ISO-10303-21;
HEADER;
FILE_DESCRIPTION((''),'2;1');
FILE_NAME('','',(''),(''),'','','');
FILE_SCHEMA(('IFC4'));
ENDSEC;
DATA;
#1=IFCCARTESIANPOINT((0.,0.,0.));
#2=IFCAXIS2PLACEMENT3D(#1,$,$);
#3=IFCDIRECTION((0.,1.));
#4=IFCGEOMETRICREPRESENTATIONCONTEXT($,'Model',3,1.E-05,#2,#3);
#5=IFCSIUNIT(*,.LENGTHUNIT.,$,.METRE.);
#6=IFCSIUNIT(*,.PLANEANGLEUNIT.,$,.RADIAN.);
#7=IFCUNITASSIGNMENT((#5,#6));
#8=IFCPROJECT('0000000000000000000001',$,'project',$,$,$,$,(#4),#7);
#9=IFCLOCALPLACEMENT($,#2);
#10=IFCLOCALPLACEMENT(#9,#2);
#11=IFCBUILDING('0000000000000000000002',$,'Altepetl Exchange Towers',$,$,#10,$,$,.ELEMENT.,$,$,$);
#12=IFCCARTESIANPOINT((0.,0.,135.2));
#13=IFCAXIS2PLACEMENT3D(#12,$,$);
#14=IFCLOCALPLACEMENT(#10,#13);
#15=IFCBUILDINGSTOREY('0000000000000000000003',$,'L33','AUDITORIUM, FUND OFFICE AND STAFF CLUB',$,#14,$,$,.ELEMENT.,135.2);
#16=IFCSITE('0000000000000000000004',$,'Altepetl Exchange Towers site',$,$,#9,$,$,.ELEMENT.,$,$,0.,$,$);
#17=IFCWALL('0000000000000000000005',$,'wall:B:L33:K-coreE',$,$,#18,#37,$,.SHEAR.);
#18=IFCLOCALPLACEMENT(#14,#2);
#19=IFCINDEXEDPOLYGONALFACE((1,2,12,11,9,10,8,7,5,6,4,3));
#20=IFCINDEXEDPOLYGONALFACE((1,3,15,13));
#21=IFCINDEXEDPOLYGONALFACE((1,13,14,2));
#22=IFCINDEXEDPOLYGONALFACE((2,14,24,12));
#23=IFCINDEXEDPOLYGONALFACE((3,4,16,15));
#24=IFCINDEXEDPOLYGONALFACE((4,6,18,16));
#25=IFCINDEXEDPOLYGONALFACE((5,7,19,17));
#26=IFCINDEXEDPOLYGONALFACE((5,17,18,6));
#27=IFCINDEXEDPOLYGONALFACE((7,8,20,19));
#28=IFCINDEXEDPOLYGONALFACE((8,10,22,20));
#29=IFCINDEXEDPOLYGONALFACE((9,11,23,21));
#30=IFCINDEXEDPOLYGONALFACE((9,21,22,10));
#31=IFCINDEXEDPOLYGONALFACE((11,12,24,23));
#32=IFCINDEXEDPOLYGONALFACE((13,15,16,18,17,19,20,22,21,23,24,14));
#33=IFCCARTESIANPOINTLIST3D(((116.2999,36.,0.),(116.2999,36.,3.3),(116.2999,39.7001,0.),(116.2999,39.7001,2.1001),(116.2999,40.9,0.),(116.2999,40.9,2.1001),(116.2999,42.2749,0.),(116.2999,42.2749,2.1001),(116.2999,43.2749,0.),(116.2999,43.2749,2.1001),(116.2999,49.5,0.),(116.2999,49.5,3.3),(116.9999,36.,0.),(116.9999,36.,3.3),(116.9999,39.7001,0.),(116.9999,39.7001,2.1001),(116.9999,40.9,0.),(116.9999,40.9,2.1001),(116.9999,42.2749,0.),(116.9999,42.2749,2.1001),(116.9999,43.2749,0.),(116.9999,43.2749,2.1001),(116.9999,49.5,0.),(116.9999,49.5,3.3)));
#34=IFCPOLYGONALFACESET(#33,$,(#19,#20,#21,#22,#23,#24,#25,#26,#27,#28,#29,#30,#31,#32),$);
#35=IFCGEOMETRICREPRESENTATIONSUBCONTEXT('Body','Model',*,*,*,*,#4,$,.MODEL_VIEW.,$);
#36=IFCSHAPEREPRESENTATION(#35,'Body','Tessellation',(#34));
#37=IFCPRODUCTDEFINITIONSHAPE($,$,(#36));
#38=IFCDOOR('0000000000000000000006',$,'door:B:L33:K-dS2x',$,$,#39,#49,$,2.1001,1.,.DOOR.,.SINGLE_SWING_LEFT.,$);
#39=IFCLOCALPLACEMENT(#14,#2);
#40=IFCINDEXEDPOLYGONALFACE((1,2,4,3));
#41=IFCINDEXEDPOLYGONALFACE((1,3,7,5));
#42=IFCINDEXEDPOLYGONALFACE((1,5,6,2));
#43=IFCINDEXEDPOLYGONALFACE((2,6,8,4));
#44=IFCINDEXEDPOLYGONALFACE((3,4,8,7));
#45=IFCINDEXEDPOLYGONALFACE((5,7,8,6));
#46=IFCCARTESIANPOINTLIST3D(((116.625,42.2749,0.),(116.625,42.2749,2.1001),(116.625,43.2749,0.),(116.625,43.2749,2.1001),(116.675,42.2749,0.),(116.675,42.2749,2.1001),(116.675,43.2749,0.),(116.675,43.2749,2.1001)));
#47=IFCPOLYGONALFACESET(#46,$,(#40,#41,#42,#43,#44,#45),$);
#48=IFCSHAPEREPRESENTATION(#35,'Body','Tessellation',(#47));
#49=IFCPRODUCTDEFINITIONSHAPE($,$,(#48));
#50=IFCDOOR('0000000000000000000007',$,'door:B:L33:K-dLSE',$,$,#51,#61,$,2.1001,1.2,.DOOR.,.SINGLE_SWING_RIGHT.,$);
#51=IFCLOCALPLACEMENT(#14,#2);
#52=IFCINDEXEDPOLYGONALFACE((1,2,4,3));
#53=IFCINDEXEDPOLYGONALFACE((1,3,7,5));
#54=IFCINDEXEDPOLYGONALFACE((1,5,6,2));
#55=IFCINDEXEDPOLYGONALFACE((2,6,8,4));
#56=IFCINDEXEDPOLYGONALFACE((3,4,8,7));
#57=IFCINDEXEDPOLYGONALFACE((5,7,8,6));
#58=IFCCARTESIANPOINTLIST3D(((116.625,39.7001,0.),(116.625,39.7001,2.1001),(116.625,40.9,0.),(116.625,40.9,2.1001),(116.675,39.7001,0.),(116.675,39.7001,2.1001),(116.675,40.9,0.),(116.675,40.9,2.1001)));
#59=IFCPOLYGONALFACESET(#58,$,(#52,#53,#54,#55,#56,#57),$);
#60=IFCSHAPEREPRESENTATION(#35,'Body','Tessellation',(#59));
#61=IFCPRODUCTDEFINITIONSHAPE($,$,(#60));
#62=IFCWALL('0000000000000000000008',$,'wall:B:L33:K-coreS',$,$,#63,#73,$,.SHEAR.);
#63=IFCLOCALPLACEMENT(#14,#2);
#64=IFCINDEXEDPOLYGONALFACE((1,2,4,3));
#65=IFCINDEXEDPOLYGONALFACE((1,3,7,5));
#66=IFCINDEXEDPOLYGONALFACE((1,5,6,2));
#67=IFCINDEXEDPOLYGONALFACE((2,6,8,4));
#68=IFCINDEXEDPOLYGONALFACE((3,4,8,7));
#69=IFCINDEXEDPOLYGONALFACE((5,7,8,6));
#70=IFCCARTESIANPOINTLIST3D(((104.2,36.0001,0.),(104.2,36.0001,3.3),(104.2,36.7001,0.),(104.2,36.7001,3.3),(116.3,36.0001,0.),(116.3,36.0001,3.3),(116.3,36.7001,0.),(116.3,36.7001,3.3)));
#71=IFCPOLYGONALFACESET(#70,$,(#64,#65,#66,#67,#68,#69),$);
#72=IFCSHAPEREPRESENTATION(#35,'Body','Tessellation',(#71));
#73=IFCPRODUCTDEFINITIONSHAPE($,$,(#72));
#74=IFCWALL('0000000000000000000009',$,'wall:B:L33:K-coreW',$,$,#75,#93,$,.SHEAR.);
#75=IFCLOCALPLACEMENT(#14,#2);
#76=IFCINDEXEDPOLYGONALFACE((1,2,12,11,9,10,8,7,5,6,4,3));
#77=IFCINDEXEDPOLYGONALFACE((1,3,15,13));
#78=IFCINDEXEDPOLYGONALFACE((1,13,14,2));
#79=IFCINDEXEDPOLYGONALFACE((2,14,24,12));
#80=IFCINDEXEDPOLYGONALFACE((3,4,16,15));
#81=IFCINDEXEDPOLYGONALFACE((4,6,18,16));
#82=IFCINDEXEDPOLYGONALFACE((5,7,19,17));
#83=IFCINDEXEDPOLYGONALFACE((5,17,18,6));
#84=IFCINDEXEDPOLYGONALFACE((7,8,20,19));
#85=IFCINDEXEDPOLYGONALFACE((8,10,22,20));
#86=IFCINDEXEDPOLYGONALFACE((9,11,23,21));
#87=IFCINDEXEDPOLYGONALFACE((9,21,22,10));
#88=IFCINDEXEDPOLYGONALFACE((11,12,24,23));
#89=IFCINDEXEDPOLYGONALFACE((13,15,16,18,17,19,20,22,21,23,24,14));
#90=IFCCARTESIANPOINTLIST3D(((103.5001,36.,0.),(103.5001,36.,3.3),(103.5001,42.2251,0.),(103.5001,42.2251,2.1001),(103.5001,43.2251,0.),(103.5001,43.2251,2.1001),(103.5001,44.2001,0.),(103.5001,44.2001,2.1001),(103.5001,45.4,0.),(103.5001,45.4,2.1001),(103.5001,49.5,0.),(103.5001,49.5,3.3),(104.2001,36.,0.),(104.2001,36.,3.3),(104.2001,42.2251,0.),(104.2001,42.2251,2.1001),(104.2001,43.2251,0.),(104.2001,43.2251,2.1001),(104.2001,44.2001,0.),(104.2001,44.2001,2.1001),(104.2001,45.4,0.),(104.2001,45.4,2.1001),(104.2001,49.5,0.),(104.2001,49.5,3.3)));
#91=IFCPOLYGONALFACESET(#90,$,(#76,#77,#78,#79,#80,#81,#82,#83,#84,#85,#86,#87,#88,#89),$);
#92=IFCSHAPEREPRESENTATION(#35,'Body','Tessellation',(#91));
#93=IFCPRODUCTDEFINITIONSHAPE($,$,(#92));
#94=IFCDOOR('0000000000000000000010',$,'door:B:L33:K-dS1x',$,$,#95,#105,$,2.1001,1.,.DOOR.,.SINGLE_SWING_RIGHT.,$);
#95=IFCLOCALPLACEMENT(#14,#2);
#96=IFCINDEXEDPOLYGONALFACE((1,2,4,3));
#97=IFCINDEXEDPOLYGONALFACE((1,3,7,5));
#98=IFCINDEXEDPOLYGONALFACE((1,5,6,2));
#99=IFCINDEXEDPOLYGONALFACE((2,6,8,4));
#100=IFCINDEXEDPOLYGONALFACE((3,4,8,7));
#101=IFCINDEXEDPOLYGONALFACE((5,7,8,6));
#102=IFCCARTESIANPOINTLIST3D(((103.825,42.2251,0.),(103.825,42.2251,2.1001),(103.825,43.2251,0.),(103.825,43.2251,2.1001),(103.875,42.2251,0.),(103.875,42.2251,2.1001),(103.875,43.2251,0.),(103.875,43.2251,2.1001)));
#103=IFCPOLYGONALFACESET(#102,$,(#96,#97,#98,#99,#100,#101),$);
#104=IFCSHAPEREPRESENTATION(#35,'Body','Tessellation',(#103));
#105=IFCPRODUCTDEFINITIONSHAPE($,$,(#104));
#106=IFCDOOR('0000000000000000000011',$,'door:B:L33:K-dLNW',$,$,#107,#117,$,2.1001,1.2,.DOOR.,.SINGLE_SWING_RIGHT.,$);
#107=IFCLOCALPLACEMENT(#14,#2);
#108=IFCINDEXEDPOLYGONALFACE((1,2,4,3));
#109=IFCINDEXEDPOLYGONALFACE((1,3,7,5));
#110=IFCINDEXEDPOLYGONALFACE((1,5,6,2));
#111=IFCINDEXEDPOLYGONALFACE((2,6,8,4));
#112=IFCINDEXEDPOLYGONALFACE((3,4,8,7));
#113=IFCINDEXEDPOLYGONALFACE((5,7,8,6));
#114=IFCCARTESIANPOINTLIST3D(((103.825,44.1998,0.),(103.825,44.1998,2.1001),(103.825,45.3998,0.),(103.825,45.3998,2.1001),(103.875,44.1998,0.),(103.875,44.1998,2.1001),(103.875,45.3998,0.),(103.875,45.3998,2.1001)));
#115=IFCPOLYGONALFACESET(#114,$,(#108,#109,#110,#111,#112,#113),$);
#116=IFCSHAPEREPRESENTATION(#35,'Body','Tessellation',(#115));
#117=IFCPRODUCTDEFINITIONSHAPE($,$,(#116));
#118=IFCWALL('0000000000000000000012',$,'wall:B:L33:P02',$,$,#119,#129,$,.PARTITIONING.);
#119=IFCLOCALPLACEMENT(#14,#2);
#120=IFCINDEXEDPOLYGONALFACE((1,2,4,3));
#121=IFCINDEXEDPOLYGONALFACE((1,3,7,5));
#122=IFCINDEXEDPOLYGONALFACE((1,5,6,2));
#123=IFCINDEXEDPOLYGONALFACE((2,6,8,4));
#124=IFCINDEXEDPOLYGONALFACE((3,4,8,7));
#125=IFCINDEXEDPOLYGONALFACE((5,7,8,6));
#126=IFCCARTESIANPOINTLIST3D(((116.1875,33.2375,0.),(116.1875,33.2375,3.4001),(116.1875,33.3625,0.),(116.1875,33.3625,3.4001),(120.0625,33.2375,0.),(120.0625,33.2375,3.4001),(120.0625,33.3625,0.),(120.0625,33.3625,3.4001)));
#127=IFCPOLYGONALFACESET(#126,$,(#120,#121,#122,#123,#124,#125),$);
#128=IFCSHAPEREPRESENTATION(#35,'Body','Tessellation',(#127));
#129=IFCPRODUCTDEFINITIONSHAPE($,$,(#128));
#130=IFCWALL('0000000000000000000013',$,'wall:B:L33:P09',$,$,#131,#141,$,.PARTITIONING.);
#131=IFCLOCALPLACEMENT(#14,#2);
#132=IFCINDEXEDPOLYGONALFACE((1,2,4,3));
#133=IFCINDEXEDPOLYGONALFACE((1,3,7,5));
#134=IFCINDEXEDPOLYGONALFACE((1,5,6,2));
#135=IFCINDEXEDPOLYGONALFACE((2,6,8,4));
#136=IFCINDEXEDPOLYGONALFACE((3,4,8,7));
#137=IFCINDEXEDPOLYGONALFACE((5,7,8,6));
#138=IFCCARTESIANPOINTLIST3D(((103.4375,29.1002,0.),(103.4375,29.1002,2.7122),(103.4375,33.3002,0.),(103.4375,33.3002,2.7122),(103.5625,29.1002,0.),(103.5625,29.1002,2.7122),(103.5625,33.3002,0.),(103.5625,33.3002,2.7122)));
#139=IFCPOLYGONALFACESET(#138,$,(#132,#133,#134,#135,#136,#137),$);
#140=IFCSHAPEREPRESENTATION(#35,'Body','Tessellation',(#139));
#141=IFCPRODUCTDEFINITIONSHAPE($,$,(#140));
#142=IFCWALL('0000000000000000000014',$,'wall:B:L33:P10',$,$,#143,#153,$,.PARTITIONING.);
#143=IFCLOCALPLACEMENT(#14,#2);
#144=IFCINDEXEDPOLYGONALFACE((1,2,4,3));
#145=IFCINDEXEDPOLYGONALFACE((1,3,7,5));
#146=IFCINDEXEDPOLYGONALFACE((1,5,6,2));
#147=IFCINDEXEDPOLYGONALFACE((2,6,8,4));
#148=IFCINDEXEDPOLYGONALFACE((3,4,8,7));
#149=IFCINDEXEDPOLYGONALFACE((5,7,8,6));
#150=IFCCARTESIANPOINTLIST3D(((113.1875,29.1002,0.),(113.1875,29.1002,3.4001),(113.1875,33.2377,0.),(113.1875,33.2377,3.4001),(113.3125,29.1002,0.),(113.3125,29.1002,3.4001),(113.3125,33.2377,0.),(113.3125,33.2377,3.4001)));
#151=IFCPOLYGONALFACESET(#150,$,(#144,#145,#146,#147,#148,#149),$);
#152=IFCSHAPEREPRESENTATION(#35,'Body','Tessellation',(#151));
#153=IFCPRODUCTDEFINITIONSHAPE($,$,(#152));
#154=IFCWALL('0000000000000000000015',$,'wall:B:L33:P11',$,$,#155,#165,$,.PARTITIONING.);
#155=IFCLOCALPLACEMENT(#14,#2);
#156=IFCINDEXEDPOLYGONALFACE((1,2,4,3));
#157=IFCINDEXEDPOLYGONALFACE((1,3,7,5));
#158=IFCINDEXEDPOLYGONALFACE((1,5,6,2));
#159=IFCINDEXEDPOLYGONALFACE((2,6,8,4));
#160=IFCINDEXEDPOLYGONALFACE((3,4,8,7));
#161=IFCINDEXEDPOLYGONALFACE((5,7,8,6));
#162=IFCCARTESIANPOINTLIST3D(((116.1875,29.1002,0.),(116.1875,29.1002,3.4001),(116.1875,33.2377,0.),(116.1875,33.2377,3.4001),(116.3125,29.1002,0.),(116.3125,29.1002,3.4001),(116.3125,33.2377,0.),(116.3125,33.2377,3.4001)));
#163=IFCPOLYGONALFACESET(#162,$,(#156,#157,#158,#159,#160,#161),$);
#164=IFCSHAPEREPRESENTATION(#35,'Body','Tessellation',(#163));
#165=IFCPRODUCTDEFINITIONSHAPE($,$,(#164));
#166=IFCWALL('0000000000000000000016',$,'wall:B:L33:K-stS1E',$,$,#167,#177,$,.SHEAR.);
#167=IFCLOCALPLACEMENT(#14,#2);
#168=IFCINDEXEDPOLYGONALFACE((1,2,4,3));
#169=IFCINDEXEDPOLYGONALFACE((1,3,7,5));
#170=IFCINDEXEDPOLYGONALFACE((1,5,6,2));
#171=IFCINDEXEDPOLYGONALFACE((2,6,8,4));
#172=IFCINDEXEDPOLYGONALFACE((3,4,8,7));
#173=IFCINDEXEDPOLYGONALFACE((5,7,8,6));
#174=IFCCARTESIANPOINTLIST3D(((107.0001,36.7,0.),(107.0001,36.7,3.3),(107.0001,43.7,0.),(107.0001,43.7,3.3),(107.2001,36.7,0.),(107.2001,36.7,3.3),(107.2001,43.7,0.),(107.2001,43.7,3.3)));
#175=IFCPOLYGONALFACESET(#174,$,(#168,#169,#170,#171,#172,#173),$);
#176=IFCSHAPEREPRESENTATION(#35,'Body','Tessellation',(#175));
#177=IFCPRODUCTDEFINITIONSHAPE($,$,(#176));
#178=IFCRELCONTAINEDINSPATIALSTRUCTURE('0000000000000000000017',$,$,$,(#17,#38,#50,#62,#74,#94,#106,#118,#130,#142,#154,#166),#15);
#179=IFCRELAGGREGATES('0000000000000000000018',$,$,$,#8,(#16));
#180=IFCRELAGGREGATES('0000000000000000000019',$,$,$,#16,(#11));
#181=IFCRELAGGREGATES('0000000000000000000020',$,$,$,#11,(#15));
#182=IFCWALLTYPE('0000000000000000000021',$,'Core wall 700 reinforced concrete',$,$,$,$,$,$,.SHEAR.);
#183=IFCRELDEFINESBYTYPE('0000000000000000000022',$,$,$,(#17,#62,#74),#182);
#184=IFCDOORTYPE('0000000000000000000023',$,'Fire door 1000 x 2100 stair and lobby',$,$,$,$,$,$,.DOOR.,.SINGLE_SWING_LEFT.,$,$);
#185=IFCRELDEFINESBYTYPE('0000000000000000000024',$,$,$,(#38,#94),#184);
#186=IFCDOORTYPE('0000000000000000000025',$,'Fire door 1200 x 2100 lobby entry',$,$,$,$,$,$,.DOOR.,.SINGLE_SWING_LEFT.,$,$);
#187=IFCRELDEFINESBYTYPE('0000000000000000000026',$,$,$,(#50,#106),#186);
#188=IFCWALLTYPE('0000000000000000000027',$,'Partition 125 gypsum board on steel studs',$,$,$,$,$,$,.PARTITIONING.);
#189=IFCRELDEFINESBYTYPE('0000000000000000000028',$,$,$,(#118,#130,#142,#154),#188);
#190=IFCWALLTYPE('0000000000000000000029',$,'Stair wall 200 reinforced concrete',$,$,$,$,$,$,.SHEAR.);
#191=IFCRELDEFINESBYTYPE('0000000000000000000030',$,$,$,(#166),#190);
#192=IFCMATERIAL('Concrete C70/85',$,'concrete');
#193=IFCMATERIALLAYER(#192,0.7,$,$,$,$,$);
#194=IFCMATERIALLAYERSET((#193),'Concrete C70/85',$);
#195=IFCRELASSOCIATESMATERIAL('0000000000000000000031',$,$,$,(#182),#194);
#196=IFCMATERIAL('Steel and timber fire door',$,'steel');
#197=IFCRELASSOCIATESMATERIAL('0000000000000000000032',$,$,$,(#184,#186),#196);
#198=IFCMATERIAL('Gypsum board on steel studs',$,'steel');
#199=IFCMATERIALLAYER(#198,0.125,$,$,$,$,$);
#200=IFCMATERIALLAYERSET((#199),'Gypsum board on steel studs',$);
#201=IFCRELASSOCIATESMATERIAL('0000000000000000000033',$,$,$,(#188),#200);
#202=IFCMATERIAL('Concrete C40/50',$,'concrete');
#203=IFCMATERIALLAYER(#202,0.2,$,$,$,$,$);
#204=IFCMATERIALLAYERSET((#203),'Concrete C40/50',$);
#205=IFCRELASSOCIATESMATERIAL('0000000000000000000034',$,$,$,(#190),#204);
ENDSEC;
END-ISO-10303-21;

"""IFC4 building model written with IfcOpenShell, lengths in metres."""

from ifc_helpers import new_model, si_unit, direction, frame, frame_2d, origin, place, context, subcontext, project, spatial, rectangle, extrude, material, layer, layer_set, type_object, element, fill, save


model = new_model("IFC4")

# Units and contexts
model_context = context("Model", 3, precision=1e-05, world=origin(), true_north=direction((0.0, 1.0)))
body_context = subcontext(model_context, "Body", "Model", "MODEL_VIEW")
ifc_project = project(units=[si_unit("LENGTHUNIT", "METRE"), si_unit("PLANEANGLEUNIT", "RADIAN")], contexts=[model_context])

# Site, building, storey
site_placement = place(None, origin())
site = spatial("IfcSite", under=ifc_project, at=site_placement, Name="Altepetl Exchange Towers site", CompositionType="ELEMENT", RefElevation=0.0)
building_placement = place(site_placement, origin())
building = spatial("IfcBuilding", under=site, at=building_placement, Name="Altepetl Exchange Towers", CompositionType="ELEMENT")
storey_placement = place(building_placement, frame((0.0, 0.0, 135.2)))
storey = spatial("IfcBuildingStorey", under=building, at=storey_placement, Name="L33", Description="AUDITORIUM, FUND OFFICE AND STAFF CLUB", CompositionType="ELEMENT", Elevation=135.2)

# Shared definitions
ifc_material_1 = material(Name="Concrete C70/85", Category="concrete")

# Wall, openings, doors
ifc_layer_1 = layer(ifc_material_1, 0.7)
ifc_layer_set_1 = layer_set([ifc_layer_1], Name="Concrete C70/85")
wall_type_1 = type_object("IfcWallType", Name="Core wall 700 reinforced concrete", PredefinedType="SHEAR", material=ifc_layer_set_1)
wall_1_placement = place(storey_placement, frame((116.6499, 36.0, 0.0), z_axis=(0.0, 0.0, 1.0), x_axis=(0.0, 1.0, 0.0)))
wall_1 = element("IfcWall", 1, at=wall_1_placement, inside=storey, type_object=wall_type_1, Name="wall:B:L33:K-coreE", PredefinedType="SHEAR", context=body_context, shape_type="SweptSolid", body=[
    extrude(rectangle(XDim=13.5, YDim=0.7, at=frame_2d((6.75, 0.0))), origin(), (0.0, 0.0, 1.0), 3.3),
])
opening_1_placement = place(wall_1_placement, frame((3.7, 0.0, 0.0)))
opening_1 = element("IfcOpeningElement", 2, at=opening_1_placement, cuts=wall_1, PredefinedType="OPENING", context=body_context, shape_type="SweptSolid", body=[
    extrude(rectangle(XDim=1.2, YDim=2.1001, at=frame_2d((0.6001, 1.05))), frame((0.0, 0.3599, 0.0), z_axis=(0.0, -1.0, 0.0), x_axis=(1.0, 0.0, 0.0)), (0.0, 0.0, 1.0), 0.72),
])
opening_2_placement = place(wall_1_placement, frame((6.2749, 0.0, 0.0)))
opening_2 = element("IfcOpeningElement", 3, at=opening_2_placement, cuts=wall_1, PredefinedType="OPENING", context=body_context, shape_type="SweptSolid", body=[
    extrude(rectangle(XDim=1.0, YDim=2.1001, at=frame_2d((0.5, 1.05))), frame((0.0, 0.3599, 0.0), z_axis=(0.0, -1.0, 0.0), x_axis=(1.0, 0.0, 0.0)), (0.0, 0.0, 1.0), 0.72),
])
ifc_material_2 = material(Name="Steel and timber fire door", Category="steel")
door_type_1 = type_object("IfcDoorType", Name="Fire door 1000 x 2100 stair and lobby", OperationType="SINGLE_SWING_LEFT", PredefinedType="DOOR", material=ifc_material_2)
door_1_placement = place(opening_2_placement, origin())
door_1 = element("IfcDoor", 4, at=door_1_placement, inside=storey, type_object=door_type_1, Name="door:B:L33:K-dS2x", OperationType="SINGLE_SWING_LEFT", OverallHeight=2.1001, OverallWidth=1.0, PredefinedType="DOOR", context=body_context, shape_type="SweptSolid", body=[
    extrude(rectangle(XDim=1.0, YDim=2.1001, at=frame_2d((0.5, 1.05))), frame((0.0, 0.0249, 0.0), z_axis=(0.0, -1.0, 0.0), x_axis=(1.0, 0.0, 0.0)), (0.0, 0.0, 1.0), 0.05),
])
fill(opening_2, door_1)
door_type_2 = type_object("IfcDoorType", Name="Fire door 1200 x 2100 lobby entry", OperationType="SINGLE_SWING_LEFT", PredefinedType="DOOR", material=ifc_material_2)
door_2_placement = place(opening_1_placement, origin())
door_2 = element("IfcDoor", 5, at=door_2_placement, inside=storey, type_object=door_type_2, Name="door:B:L33:K-dLSE", OperationType="SINGLE_SWING_RIGHT", OverallHeight=2.1001, OverallWidth=1.2, PredefinedType="DOOR", context=body_context, shape_type="SweptSolid", body=[
    extrude(rectangle(XDim=1.2, YDim=2.1001, at=frame_2d((0.6001, 1.05))), frame((0.0, 0.0249, 0.0), z_axis=(0.0, -1.0, 0.0), x_axis=(1.0, 0.0, 0.0)), (0.0, 0.0, 1.0), 0.05),
])
fill(opening_1, door_2)

# Wall
wall_2_placement = place(storey_placement, frame((104.2, 36.3501, 0.0)))
element("IfcWall", 6, at=wall_2_placement, inside=storey, type_object=wall_type_1, Name="wall:B:L33:K-coreS", PredefinedType="SHEAR", context=body_context, shape_type="SweptSolid", body=[
    extrude(rectangle(XDim=12.1001, YDim=0.7, at=frame_2d((6.05, 0.0))), origin(), (0.0, 0.0, 1.0), 3.3),
])

# Wall, openings, doors
wall_3_placement = place(storey_placement, frame((103.8501, 36.0, 0.0), z_axis=(0.0, 0.0, 1.0), x_axis=(0.0, 1.0, 0.0)))
wall_3 = element("IfcWall", 7, at=wall_3_placement, inside=storey, type_object=wall_type_1, Name="wall:B:L33:K-coreW", PredefinedType="SHEAR", context=body_context, shape_type="SweptSolid", body=[
    extrude(rectangle(XDim=13.5, YDim=0.7, at=frame_2d((6.75, 0.0))), origin(), (0.0, 0.0, 1.0), 3.3),
])
opening_3_placement = place(wall_3_placement, frame((8.2, 0.0, 0.0)))
opening_3 = element("IfcOpeningElement", 8, at=opening_3_placement, cuts=wall_3, PredefinedType="OPENING", context=body_context, shape_type="SweptSolid", body=[
    extrude(rectangle(XDim=1.2, YDim=2.1001, at=frame_2d((0.6001, 1.05))), frame((0.0, 0.3599, 0.0), z_axis=(0.0, -1.0, 0.0), x_axis=(1.0, 0.0, 0.0)), (0.0, 0.0, 1.0), 0.72),
])
opening_4_placement = place(wall_3_placement, frame((6.2251, 0.0, 0.0)))
opening_4 = element("IfcOpeningElement", 9, at=opening_4_placement, cuts=wall_3, PredefinedType="OPENING", context=body_context, shape_type="SweptSolid", body=[
    extrude(rectangle(XDim=1.0, YDim=2.1001, at=frame_2d((0.5, 1.05))), frame((0.0, 0.3599, 0.0), z_axis=(0.0, -1.0, 0.0), x_axis=(1.0, 0.0, 0.0)), (0.0, 0.0, 1.0), 0.72),
])
door_3_placement = place(opening_4_placement, frame((1.0, 0.0, 0.0), x_axis=(-1.0, 0.0, 0.0)))
door_3 = element("IfcDoor", 10, at=door_3_placement, inside=storey, type_object=door_type_1, Name="door:B:L33:K-dS1x", OperationType="SINGLE_SWING_RIGHT", OverallHeight=2.1001, OverallWidth=1.0, PredefinedType="DOOR", context=body_context, shape_type="SweptSolid", body=[
    extrude(rectangle(XDim=1.0, YDim=2.1001, at=frame_2d((0.5, 1.05))), frame((0.0, 0.0249, 0.0), z_axis=(0.0, -1.0, 0.0), x_axis=(1.0, 0.0, 0.0)), (0.0, 0.0, 1.0), 0.05),
])
fill(opening_4, door_3)
door_4_placement = place(opening_3_placement, frame((1.2, 0.0, 0.0), x_axis=(-1.0, 0.0, 0.0)))
door_4 = element("IfcDoor", 11, at=door_4_placement, inside=storey, type_object=door_type_2, Name="door:B:L33:K-dLNW", OperationType="SINGLE_SWING_RIGHT", OverallHeight=2.1001, OverallWidth=1.2, PredefinedType="DOOR", context=body_context, shape_type="SweptSolid", body=[
    extrude(rectangle(XDim=1.2, YDim=2.1001, at=frame_2d((0.6001, 1.05))), frame((0.0, 0.0249, 0.0), z_axis=(0.0, -1.0, 0.0), x_axis=(1.0, 0.0, 0.0)), (0.0, 0.0, 1.0), 0.05),
])
fill(opening_3, door_4)

# Walls
ifc_material_3 = material(Name="Gypsum board on steel studs", Category="steel")
ifc_layer_2 = layer(ifc_material_3, 0.125)
ifc_layer_set_2 = layer_set([ifc_layer_2], Name="Gypsum board on steel studs")
wall_type_2 = type_object("IfcWallType", Name="Partition 125 gypsum board on steel studs", PredefinedType="PARTITIONING", material=ifc_layer_set_2)
wall_4_placement = place(storey_placement, frame((116.1875, 33.3, 0.0)))
element("IfcWall", 12, at=wall_4_placement, inside=storey, type_object=wall_type_2, Name="wall:B:L33:P02", PredefinedType="PARTITIONING", context=body_context, shape_type="SweptSolid", body=[
    extrude(rectangle(XDim=3.875, YDim=0.125, at=frame_2d((1.9375, 0.0))), origin(), (0.0, 0.0, 1.0), 3.4001),
])
wall_5_placement = place(storey_placement, frame((103.5, 29.1001, 0.0), z_axis=(0.0, 0.0, 1.0), x_axis=(0.0, 1.0, 0.0)))
element("IfcWall", 13, at=wall_5_placement, inside=storey, type_object=wall_type_2, Name="wall:B:L33:P09", PredefinedType="PARTITIONING", context=body_context, shape_type="SweptSolid", body=[
    extrude(rectangle(XDim=4.2, YDim=0.125, at=frame_2d((2.1001, 0.0))), origin(), (0.0, 0.0, 1.0), 2.7122),
])
for number, where, z_axis, x_axis, name in (
    (14, (113.25, 29.1001, 0.0), (0.0, 0.0, 1.0), (0.0, 1.0, 0.0), "wall:B:L33:P10"),
    (15, (116.25, 29.1001, 0.0), (0.0, 0.0, 1.0), (0.0, 1.0, 0.0), "wall:B:L33:P11"),
):
    element("IfcWall", number, at=place(storey_placement, frame(where, z_axis=z_axis, x_axis=x_axis)), inside=storey, type_object=wall_type_2, Name=name, PredefinedType="PARTITIONING", context=body_context, shape_type="SweptSolid", body=[
        extrude(rectangle(XDim=4.1375, YDim=0.125, at=frame_2d((2.0688, 0.0))), origin(), (0.0, 0.0, 1.0), 3.4001),
    ])
ifc_material_4 = material(Name="Concrete C40/50", Category="concrete")
ifc_layer_3 = layer(ifc_material_4, 0.2)
ifc_layer_set_3 = layer_set([ifc_layer_3], Name="Concrete C40/50")
wall_type_3 = type_object("IfcWallType", Name="Stair wall 200 reinforced concrete", PredefinedType="SHEAR", material=ifc_layer_set_3)
wall_6_placement = place(storey_placement, frame((107.1001, 36.7, 0.0), z_axis=(0.0, 0.0, 1.0), x_axis=(0.0, 1.0, 0.0)))
element("IfcWall", 16, at=wall_6_placement, inside=storey, type_object=wall_type_3, Name="wall:B:L33:K-stS1E", PredefinedType="SHEAR", context=body_context, shape_type="SweptSolid", body=[
    extrude(rectangle(XDim=7.0, YDim=0.2, at=frame_2d((3.5, 0.0))), origin(), (0.0, 0.0, 1.0), 3.3),
])

save(model, "model.ifc")
